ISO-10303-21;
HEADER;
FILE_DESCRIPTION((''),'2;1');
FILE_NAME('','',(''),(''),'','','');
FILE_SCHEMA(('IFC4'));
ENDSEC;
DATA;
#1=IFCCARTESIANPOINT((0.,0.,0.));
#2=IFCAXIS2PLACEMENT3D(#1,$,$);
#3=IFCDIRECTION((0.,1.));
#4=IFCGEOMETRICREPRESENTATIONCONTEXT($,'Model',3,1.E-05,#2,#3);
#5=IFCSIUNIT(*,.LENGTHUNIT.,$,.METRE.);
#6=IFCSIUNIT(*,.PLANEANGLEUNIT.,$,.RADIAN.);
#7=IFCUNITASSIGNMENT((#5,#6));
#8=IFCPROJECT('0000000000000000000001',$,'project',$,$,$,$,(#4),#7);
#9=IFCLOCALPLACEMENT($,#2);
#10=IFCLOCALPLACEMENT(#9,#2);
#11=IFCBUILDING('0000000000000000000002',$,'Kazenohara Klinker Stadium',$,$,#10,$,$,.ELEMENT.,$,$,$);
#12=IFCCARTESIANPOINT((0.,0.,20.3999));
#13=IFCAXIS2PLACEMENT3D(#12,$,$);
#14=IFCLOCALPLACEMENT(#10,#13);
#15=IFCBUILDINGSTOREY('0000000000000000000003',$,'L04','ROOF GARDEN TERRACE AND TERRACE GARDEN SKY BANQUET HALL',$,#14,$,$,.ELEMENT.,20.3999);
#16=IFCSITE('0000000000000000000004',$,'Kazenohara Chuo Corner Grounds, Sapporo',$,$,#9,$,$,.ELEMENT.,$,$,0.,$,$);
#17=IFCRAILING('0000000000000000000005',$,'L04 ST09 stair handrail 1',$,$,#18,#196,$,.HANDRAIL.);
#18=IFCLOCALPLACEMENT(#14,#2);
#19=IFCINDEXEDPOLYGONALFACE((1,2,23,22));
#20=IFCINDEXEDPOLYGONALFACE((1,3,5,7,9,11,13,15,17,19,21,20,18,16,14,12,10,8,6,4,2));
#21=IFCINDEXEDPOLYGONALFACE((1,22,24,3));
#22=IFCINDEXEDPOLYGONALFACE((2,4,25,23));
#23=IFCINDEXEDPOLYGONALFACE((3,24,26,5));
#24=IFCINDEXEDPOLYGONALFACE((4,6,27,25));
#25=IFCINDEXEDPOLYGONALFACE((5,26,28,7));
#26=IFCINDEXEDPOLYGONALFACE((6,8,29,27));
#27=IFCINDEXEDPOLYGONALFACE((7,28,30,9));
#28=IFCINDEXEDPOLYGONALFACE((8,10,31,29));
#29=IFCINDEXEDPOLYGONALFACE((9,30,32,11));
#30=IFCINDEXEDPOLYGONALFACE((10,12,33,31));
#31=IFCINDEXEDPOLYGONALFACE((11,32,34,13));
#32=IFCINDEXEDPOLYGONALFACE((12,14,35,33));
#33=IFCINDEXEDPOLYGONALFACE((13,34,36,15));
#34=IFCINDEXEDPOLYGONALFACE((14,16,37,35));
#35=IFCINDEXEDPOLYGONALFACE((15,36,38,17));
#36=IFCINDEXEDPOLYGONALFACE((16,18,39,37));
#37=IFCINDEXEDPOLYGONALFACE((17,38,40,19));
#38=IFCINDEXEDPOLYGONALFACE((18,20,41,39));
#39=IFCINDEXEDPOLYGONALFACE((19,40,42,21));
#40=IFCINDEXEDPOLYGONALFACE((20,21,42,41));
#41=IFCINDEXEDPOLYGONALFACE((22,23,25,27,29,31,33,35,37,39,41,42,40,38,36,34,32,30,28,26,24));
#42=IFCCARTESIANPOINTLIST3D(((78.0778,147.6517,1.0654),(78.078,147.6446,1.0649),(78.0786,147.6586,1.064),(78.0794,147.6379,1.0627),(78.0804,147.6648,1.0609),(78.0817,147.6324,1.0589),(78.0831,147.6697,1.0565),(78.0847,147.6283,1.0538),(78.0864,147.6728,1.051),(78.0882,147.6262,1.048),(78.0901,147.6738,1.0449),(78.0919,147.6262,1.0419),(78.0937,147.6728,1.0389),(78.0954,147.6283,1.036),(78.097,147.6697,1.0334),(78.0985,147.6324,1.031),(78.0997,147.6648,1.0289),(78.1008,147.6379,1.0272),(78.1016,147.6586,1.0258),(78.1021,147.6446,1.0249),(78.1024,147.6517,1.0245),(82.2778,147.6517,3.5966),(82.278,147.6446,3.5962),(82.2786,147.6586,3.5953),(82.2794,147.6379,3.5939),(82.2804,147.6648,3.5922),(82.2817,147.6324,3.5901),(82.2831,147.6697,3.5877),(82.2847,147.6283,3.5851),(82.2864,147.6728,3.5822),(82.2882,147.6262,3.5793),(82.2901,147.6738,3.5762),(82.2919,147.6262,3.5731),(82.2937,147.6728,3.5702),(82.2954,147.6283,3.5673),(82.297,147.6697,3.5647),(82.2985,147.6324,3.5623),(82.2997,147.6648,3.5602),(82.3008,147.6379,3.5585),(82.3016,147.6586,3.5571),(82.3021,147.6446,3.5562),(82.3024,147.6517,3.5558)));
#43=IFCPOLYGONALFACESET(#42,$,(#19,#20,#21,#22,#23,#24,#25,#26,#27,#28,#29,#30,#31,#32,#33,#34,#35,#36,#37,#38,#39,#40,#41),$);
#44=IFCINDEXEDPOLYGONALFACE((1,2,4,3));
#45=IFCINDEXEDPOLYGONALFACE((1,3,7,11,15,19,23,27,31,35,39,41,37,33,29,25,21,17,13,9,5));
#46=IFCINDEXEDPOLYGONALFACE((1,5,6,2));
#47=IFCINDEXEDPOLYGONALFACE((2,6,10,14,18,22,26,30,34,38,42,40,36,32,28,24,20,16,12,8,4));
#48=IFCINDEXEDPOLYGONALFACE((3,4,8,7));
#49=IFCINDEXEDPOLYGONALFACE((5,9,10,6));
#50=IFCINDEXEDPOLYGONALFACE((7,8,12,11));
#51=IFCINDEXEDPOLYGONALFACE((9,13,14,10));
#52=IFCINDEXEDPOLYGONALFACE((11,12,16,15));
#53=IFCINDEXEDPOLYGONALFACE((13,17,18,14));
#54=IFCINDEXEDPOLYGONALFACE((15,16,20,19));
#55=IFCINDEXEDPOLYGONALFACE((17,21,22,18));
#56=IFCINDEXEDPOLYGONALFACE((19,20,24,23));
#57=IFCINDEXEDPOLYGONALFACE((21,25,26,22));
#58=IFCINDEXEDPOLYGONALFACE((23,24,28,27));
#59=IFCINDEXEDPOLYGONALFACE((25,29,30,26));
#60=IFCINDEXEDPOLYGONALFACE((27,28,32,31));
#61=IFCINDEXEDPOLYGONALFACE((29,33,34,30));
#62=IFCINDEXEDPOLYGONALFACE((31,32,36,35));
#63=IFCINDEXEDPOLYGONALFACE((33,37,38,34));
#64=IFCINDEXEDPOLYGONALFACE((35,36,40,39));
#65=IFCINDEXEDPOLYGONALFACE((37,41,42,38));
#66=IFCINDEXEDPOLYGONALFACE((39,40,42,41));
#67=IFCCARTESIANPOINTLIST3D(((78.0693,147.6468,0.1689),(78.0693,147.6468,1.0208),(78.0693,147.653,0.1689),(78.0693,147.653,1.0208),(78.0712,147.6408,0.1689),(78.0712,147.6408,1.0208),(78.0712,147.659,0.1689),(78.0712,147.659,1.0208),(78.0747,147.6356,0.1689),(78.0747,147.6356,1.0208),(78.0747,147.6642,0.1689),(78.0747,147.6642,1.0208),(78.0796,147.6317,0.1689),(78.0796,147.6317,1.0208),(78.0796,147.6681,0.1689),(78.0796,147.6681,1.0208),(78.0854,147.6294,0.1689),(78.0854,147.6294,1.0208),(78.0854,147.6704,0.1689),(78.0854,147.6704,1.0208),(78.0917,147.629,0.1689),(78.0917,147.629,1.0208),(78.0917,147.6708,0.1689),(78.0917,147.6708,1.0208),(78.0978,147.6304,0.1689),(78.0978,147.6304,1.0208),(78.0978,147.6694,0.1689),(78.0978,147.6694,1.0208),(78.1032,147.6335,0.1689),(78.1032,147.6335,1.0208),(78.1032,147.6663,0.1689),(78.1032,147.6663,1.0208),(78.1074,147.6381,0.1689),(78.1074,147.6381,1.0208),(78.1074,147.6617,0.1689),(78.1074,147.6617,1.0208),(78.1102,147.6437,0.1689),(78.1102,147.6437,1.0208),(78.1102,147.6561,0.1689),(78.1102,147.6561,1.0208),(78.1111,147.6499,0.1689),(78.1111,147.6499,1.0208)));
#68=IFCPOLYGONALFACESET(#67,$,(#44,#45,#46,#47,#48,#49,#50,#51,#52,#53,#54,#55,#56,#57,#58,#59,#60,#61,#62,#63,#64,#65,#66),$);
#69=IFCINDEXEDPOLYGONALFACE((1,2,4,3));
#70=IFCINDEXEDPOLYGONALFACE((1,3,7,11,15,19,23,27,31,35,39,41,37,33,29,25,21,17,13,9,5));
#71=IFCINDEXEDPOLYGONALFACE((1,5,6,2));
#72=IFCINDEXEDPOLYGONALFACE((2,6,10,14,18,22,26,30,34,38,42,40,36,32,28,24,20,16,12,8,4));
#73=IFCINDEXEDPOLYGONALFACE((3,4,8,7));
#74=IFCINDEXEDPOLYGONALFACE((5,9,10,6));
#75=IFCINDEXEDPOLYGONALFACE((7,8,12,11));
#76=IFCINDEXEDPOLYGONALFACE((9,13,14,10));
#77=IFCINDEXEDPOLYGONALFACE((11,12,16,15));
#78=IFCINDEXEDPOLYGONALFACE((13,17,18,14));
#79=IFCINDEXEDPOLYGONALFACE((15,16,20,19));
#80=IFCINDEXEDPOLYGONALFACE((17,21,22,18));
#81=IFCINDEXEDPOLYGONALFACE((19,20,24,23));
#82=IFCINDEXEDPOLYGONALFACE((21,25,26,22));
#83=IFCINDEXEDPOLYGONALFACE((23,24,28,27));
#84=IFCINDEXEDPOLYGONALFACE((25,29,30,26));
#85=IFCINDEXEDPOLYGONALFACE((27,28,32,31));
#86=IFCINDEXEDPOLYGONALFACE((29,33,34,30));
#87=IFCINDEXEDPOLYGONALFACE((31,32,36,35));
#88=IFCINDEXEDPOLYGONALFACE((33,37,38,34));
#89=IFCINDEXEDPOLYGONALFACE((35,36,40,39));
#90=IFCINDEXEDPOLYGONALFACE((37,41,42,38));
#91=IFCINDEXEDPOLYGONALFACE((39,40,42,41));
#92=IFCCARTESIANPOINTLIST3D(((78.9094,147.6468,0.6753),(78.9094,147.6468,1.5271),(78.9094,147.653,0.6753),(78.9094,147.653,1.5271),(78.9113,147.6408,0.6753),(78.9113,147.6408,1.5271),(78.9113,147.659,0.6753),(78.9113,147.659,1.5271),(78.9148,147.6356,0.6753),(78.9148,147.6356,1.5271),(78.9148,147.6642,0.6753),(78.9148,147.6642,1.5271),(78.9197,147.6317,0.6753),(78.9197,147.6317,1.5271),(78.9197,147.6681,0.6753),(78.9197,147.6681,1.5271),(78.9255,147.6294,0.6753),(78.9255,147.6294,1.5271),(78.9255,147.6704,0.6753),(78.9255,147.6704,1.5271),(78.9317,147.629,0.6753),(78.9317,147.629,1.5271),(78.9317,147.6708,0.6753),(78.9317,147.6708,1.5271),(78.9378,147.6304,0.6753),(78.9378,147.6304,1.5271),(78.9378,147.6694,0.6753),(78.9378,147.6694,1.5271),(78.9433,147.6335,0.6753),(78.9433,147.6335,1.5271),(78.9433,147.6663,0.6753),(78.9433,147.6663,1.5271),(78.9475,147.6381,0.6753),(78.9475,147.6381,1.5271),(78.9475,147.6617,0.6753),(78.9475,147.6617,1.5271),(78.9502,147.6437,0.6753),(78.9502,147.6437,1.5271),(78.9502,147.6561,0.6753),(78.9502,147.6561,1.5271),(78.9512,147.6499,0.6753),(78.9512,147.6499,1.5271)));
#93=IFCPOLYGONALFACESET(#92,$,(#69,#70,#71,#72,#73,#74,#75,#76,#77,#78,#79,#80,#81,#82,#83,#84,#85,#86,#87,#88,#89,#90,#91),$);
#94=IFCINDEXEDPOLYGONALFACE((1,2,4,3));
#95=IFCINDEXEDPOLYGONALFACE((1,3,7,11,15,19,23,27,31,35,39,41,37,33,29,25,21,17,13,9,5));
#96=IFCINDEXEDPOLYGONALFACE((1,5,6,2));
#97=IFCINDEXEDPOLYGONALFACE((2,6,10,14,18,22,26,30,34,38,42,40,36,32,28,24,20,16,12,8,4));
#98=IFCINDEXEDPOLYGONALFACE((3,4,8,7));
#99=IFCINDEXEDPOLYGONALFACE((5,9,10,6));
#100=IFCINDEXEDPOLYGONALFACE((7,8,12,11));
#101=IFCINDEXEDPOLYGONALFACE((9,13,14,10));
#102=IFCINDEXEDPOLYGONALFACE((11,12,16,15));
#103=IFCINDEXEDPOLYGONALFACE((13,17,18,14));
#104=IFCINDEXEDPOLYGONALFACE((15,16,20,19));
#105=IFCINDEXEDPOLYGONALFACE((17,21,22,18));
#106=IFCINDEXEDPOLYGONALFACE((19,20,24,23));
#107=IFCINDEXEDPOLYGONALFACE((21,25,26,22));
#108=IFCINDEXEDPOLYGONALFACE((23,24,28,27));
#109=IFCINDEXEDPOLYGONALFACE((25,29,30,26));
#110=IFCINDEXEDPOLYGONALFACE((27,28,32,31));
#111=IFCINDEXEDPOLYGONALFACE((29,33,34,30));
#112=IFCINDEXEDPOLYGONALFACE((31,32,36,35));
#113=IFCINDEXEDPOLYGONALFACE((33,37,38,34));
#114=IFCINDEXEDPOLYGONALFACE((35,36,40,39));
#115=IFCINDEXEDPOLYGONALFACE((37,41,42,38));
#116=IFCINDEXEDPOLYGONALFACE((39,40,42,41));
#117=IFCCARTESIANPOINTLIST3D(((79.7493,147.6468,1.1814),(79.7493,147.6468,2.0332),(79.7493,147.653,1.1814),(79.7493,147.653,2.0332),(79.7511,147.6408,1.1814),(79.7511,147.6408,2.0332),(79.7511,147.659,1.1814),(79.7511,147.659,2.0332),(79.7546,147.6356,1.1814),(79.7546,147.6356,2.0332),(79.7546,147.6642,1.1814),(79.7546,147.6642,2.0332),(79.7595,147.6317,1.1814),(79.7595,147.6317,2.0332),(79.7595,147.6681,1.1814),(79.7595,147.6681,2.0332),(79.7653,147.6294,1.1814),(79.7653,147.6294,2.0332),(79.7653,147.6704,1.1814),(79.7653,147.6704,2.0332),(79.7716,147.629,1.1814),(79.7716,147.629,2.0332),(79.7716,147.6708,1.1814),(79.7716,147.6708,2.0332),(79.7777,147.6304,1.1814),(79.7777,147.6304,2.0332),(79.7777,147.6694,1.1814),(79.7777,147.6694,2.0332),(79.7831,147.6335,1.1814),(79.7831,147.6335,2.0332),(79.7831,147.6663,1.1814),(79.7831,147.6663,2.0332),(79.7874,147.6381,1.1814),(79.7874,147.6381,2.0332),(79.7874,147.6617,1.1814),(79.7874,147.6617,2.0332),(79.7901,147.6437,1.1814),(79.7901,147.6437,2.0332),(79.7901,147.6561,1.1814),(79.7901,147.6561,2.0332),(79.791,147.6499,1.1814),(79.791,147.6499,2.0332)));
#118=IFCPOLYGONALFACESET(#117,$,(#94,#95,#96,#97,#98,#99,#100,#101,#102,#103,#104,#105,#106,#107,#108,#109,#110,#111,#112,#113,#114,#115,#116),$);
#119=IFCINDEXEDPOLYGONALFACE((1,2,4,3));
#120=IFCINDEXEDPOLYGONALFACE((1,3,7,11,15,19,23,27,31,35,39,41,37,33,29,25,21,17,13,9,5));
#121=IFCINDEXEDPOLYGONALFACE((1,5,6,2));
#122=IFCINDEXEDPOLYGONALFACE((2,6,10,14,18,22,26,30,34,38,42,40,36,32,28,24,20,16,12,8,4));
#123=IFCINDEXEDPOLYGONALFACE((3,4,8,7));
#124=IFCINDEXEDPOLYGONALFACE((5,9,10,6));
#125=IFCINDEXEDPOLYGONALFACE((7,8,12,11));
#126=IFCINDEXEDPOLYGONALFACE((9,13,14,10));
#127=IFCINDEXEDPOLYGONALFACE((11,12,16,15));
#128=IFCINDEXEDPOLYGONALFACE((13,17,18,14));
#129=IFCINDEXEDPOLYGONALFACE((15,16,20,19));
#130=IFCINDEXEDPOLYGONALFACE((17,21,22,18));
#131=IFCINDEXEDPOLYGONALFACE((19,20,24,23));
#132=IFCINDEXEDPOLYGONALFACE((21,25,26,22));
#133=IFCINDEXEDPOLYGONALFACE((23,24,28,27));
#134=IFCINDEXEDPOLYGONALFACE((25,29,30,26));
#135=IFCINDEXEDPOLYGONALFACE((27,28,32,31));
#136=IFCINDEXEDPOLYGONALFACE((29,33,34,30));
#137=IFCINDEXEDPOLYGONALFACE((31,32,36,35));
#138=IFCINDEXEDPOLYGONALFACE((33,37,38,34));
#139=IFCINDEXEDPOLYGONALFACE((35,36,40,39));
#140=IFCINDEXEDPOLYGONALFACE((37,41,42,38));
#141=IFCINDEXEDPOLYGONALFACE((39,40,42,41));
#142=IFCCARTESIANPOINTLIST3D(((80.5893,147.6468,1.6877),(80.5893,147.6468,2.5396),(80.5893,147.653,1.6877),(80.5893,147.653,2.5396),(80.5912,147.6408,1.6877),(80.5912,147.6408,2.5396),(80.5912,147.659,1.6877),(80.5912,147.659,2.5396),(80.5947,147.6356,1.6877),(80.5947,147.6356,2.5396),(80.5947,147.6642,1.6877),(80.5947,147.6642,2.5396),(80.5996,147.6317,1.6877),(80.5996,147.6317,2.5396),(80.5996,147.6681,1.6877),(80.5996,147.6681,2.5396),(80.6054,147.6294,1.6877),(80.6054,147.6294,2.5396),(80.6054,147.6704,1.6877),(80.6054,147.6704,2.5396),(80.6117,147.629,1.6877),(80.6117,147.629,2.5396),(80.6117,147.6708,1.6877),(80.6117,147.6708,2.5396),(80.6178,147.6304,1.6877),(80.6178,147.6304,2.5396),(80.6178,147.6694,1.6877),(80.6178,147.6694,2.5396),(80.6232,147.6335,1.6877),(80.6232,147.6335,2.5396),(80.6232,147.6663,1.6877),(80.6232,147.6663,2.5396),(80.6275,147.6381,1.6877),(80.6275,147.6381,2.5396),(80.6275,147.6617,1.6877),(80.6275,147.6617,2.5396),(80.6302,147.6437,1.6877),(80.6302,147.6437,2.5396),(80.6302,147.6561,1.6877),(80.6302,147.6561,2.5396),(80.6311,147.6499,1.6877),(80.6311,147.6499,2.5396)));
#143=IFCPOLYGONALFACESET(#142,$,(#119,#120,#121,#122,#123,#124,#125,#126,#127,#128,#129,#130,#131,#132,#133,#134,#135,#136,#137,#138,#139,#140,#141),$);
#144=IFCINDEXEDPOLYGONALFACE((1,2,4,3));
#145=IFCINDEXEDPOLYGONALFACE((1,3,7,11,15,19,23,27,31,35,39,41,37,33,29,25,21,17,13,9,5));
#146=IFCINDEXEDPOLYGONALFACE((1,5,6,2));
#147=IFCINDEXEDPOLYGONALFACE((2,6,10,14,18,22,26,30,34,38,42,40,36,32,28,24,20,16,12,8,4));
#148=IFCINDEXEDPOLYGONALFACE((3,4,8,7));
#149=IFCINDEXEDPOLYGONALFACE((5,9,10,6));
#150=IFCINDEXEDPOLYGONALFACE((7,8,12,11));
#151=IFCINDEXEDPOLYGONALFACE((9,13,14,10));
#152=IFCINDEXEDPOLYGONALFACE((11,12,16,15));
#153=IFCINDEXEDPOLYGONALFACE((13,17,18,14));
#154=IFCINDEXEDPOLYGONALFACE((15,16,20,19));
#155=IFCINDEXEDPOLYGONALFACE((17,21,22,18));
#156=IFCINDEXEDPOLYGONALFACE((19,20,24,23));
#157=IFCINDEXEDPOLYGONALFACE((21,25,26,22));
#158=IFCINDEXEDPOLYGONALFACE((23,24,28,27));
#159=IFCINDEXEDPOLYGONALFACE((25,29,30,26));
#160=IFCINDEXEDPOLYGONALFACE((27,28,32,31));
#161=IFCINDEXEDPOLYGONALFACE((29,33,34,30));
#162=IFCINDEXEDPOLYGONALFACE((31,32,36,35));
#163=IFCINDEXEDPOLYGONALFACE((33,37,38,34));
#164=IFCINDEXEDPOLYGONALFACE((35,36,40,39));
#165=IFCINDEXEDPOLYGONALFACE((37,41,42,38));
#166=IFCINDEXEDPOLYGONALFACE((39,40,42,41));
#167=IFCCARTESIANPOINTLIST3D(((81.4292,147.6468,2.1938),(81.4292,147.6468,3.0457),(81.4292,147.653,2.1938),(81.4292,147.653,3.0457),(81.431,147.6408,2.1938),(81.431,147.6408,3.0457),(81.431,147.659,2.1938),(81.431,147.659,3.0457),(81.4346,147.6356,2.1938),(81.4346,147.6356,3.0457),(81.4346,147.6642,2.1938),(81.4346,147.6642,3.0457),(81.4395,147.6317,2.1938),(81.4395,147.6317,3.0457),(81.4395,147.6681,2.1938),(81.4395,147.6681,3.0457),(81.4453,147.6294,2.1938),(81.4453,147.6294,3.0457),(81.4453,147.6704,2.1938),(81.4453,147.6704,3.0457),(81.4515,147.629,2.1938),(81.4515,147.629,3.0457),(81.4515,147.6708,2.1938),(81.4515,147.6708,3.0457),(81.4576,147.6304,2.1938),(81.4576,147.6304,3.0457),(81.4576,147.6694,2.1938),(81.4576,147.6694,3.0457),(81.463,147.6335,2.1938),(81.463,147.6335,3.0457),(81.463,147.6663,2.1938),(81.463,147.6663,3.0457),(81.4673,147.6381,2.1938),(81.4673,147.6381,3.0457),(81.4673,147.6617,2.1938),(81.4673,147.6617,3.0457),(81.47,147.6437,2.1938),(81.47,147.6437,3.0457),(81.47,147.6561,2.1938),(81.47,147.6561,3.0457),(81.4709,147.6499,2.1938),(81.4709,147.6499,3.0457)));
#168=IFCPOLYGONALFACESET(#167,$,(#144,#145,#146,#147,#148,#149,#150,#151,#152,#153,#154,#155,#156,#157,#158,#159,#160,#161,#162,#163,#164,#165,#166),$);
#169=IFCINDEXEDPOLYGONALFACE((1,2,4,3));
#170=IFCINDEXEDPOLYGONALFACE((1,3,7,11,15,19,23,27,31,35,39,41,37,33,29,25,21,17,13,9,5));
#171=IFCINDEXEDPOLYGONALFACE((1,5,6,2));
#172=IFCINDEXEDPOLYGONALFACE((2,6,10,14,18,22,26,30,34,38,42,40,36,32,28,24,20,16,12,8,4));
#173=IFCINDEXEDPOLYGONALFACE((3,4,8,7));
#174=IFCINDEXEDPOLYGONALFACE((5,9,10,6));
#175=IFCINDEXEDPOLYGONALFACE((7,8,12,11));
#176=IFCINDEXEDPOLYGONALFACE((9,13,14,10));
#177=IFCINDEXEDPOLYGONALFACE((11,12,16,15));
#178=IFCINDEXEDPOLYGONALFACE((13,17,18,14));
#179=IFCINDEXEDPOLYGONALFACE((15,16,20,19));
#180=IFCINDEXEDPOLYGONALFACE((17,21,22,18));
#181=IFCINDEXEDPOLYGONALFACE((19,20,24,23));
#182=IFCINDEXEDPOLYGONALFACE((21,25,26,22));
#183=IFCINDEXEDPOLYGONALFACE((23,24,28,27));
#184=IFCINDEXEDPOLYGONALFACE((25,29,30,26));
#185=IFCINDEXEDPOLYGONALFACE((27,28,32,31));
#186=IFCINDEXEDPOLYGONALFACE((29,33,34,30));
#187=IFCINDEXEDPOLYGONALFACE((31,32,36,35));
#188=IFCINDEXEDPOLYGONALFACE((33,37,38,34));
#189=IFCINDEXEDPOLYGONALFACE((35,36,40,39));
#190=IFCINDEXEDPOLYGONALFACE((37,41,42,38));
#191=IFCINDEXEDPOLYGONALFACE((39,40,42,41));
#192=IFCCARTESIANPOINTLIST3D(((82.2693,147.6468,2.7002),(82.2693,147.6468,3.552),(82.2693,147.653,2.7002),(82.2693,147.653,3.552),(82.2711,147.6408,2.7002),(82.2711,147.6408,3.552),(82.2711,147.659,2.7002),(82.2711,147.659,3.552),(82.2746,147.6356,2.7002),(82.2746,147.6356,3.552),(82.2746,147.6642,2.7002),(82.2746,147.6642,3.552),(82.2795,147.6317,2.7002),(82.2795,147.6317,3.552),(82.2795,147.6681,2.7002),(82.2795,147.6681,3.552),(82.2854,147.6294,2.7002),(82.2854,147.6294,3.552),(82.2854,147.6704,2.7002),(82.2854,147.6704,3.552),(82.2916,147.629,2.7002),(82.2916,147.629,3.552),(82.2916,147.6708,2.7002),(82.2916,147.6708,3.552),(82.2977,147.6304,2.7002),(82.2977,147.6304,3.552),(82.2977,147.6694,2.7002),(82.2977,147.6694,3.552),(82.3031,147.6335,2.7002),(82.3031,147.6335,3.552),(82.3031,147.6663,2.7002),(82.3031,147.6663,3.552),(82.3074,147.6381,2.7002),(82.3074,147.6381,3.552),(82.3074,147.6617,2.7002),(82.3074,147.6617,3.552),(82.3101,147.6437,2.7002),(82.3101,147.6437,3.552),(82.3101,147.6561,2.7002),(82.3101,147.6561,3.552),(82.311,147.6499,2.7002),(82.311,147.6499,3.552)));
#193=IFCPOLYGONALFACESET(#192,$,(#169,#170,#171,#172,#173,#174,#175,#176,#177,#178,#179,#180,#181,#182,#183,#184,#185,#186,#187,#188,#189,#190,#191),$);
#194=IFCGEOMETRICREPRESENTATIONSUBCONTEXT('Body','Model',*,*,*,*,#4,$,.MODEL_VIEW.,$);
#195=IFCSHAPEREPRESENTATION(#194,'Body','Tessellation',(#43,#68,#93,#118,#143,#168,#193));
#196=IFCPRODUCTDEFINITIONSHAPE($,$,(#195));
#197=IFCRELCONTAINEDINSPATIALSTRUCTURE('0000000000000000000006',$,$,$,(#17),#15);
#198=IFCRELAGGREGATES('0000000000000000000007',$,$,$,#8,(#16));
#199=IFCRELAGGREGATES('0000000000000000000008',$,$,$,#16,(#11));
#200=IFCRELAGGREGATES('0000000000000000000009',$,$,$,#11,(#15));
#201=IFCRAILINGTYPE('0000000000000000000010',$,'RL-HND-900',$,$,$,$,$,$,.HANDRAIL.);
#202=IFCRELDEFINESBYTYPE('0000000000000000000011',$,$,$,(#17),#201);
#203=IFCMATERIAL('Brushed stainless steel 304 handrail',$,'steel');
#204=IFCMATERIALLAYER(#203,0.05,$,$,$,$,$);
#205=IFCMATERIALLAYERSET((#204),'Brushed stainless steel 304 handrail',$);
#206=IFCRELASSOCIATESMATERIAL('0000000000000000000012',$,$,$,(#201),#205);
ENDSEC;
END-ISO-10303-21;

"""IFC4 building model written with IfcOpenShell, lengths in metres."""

from ifc_helpers import new_model, si_unit, direction, frame, origin, origin_2d, place, context, subcontext, project, spatial, circle, extrude, material, layer, layer_set, type_object, element, save


model = new_model("IFC4")

# Units and contexts
model_context = context("Model", 3, precision=1e-05, world=origin(), true_north=direction((0.0, 1.0)))
body_context = subcontext(model_context, "Body", "Model", "MODEL_VIEW")
ifc_project = project(units=[si_unit("LENGTHUNIT", "METRE"), si_unit("PLANEANGLEUNIT", "RADIAN")], contexts=[model_context])

# Site, building, storey
site_placement = place(None, origin())
site = spatial("IfcSite", under=ifc_project, at=site_placement, Name="Kazenohara Chuo Corner Grounds, Sapporo", CompositionType="ELEMENT", RefElevation=0.0)
building_placement = place(site_placement, origin())
building = spatial("IfcBuilding", under=site, at=building_placement, Name="Kazenohara Klinker Stadium", CompositionType="ELEMENT")
storey_placement = place(building_placement, frame((0.0, 0.0, 20.3999)))
storey = spatial("IfcBuildingStorey", under=building, at=storey_placement, Name="L04", Description="ROOF GARDEN TERRACE AND TERRACE GARDEN SKY BANQUET HALL", CompositionType="ELEMENT", Elevation=20.3999)

# Railing
ifc_material_1 = material(Name="Brushed stainless steel 304 handrail", Category="steel")
ifc_layer_1 = layer(ifc_material_1, 0.05)
ifc_layer_set_1 = layer_set([ifc_layer_1], Name="Brushed stainless steel 304 handrail")
railing_type_1 = type_object("IfcRailingType", Name="RL-HND-900", PredefinedType="HANDRAIL", material=ifc_layer_set_1)
railing_1_placement = place(storey_placement, frame((78.0901, 147.6499, 0.1689)))
element("IfcRailing", 1, at=railing_1_placement, inside=storey, type_object=railing_type_1, Name="L04 ST09 stair handrail 1", PredefinedType="HANDRAIL", context=body_context, shape_type="SweptSolid", body=[
    extrude(circle(Radius=0.0239, at=origin_2d()), frame((0.0, 0.0, 0.876), z_axis=(0.856476, 0.0, 0.516186), x_axis=(0.0, 1.0, 0.0)), (0.0, 0.0, 1.0), 4.9038),
    extrude(circle(Radius=0.021, at=origin_2d()), origin(), (0.0, 0.0, 1.0), 0.8518),
    extrude(circle(Radius=0.021, at=origin_2d()), frame((0.8401, 0.0, 0.5063)), (0.0, 0.0, 1.0), 0.8518),
    extrude(circle(Radius=0.021, at=origin_2d()), frame((1.6799, 0.0, 1.0125)), (0.0, 0.0, 1.0), 0.8518),
    extrude(circle(Radius=0.021, at=origin_2d()), frame((2.52, 0.0, 1.5188)), (0.0, 0.0, 1.0), 0.8518),
    extrude(circle(Radius=0.021, at=origin_2d()), frame((3.3599, 0.0, 2.0249)), (0.0, 0.0, 1.0), 0.8518),
    extrude(circle(Radius=0.021, at=origin_2d()), frame((4.2, 0.0, 2.5312)), (0.0, 0.0, 1.0), 0.8518),
])

save(model, "model.ifc")
